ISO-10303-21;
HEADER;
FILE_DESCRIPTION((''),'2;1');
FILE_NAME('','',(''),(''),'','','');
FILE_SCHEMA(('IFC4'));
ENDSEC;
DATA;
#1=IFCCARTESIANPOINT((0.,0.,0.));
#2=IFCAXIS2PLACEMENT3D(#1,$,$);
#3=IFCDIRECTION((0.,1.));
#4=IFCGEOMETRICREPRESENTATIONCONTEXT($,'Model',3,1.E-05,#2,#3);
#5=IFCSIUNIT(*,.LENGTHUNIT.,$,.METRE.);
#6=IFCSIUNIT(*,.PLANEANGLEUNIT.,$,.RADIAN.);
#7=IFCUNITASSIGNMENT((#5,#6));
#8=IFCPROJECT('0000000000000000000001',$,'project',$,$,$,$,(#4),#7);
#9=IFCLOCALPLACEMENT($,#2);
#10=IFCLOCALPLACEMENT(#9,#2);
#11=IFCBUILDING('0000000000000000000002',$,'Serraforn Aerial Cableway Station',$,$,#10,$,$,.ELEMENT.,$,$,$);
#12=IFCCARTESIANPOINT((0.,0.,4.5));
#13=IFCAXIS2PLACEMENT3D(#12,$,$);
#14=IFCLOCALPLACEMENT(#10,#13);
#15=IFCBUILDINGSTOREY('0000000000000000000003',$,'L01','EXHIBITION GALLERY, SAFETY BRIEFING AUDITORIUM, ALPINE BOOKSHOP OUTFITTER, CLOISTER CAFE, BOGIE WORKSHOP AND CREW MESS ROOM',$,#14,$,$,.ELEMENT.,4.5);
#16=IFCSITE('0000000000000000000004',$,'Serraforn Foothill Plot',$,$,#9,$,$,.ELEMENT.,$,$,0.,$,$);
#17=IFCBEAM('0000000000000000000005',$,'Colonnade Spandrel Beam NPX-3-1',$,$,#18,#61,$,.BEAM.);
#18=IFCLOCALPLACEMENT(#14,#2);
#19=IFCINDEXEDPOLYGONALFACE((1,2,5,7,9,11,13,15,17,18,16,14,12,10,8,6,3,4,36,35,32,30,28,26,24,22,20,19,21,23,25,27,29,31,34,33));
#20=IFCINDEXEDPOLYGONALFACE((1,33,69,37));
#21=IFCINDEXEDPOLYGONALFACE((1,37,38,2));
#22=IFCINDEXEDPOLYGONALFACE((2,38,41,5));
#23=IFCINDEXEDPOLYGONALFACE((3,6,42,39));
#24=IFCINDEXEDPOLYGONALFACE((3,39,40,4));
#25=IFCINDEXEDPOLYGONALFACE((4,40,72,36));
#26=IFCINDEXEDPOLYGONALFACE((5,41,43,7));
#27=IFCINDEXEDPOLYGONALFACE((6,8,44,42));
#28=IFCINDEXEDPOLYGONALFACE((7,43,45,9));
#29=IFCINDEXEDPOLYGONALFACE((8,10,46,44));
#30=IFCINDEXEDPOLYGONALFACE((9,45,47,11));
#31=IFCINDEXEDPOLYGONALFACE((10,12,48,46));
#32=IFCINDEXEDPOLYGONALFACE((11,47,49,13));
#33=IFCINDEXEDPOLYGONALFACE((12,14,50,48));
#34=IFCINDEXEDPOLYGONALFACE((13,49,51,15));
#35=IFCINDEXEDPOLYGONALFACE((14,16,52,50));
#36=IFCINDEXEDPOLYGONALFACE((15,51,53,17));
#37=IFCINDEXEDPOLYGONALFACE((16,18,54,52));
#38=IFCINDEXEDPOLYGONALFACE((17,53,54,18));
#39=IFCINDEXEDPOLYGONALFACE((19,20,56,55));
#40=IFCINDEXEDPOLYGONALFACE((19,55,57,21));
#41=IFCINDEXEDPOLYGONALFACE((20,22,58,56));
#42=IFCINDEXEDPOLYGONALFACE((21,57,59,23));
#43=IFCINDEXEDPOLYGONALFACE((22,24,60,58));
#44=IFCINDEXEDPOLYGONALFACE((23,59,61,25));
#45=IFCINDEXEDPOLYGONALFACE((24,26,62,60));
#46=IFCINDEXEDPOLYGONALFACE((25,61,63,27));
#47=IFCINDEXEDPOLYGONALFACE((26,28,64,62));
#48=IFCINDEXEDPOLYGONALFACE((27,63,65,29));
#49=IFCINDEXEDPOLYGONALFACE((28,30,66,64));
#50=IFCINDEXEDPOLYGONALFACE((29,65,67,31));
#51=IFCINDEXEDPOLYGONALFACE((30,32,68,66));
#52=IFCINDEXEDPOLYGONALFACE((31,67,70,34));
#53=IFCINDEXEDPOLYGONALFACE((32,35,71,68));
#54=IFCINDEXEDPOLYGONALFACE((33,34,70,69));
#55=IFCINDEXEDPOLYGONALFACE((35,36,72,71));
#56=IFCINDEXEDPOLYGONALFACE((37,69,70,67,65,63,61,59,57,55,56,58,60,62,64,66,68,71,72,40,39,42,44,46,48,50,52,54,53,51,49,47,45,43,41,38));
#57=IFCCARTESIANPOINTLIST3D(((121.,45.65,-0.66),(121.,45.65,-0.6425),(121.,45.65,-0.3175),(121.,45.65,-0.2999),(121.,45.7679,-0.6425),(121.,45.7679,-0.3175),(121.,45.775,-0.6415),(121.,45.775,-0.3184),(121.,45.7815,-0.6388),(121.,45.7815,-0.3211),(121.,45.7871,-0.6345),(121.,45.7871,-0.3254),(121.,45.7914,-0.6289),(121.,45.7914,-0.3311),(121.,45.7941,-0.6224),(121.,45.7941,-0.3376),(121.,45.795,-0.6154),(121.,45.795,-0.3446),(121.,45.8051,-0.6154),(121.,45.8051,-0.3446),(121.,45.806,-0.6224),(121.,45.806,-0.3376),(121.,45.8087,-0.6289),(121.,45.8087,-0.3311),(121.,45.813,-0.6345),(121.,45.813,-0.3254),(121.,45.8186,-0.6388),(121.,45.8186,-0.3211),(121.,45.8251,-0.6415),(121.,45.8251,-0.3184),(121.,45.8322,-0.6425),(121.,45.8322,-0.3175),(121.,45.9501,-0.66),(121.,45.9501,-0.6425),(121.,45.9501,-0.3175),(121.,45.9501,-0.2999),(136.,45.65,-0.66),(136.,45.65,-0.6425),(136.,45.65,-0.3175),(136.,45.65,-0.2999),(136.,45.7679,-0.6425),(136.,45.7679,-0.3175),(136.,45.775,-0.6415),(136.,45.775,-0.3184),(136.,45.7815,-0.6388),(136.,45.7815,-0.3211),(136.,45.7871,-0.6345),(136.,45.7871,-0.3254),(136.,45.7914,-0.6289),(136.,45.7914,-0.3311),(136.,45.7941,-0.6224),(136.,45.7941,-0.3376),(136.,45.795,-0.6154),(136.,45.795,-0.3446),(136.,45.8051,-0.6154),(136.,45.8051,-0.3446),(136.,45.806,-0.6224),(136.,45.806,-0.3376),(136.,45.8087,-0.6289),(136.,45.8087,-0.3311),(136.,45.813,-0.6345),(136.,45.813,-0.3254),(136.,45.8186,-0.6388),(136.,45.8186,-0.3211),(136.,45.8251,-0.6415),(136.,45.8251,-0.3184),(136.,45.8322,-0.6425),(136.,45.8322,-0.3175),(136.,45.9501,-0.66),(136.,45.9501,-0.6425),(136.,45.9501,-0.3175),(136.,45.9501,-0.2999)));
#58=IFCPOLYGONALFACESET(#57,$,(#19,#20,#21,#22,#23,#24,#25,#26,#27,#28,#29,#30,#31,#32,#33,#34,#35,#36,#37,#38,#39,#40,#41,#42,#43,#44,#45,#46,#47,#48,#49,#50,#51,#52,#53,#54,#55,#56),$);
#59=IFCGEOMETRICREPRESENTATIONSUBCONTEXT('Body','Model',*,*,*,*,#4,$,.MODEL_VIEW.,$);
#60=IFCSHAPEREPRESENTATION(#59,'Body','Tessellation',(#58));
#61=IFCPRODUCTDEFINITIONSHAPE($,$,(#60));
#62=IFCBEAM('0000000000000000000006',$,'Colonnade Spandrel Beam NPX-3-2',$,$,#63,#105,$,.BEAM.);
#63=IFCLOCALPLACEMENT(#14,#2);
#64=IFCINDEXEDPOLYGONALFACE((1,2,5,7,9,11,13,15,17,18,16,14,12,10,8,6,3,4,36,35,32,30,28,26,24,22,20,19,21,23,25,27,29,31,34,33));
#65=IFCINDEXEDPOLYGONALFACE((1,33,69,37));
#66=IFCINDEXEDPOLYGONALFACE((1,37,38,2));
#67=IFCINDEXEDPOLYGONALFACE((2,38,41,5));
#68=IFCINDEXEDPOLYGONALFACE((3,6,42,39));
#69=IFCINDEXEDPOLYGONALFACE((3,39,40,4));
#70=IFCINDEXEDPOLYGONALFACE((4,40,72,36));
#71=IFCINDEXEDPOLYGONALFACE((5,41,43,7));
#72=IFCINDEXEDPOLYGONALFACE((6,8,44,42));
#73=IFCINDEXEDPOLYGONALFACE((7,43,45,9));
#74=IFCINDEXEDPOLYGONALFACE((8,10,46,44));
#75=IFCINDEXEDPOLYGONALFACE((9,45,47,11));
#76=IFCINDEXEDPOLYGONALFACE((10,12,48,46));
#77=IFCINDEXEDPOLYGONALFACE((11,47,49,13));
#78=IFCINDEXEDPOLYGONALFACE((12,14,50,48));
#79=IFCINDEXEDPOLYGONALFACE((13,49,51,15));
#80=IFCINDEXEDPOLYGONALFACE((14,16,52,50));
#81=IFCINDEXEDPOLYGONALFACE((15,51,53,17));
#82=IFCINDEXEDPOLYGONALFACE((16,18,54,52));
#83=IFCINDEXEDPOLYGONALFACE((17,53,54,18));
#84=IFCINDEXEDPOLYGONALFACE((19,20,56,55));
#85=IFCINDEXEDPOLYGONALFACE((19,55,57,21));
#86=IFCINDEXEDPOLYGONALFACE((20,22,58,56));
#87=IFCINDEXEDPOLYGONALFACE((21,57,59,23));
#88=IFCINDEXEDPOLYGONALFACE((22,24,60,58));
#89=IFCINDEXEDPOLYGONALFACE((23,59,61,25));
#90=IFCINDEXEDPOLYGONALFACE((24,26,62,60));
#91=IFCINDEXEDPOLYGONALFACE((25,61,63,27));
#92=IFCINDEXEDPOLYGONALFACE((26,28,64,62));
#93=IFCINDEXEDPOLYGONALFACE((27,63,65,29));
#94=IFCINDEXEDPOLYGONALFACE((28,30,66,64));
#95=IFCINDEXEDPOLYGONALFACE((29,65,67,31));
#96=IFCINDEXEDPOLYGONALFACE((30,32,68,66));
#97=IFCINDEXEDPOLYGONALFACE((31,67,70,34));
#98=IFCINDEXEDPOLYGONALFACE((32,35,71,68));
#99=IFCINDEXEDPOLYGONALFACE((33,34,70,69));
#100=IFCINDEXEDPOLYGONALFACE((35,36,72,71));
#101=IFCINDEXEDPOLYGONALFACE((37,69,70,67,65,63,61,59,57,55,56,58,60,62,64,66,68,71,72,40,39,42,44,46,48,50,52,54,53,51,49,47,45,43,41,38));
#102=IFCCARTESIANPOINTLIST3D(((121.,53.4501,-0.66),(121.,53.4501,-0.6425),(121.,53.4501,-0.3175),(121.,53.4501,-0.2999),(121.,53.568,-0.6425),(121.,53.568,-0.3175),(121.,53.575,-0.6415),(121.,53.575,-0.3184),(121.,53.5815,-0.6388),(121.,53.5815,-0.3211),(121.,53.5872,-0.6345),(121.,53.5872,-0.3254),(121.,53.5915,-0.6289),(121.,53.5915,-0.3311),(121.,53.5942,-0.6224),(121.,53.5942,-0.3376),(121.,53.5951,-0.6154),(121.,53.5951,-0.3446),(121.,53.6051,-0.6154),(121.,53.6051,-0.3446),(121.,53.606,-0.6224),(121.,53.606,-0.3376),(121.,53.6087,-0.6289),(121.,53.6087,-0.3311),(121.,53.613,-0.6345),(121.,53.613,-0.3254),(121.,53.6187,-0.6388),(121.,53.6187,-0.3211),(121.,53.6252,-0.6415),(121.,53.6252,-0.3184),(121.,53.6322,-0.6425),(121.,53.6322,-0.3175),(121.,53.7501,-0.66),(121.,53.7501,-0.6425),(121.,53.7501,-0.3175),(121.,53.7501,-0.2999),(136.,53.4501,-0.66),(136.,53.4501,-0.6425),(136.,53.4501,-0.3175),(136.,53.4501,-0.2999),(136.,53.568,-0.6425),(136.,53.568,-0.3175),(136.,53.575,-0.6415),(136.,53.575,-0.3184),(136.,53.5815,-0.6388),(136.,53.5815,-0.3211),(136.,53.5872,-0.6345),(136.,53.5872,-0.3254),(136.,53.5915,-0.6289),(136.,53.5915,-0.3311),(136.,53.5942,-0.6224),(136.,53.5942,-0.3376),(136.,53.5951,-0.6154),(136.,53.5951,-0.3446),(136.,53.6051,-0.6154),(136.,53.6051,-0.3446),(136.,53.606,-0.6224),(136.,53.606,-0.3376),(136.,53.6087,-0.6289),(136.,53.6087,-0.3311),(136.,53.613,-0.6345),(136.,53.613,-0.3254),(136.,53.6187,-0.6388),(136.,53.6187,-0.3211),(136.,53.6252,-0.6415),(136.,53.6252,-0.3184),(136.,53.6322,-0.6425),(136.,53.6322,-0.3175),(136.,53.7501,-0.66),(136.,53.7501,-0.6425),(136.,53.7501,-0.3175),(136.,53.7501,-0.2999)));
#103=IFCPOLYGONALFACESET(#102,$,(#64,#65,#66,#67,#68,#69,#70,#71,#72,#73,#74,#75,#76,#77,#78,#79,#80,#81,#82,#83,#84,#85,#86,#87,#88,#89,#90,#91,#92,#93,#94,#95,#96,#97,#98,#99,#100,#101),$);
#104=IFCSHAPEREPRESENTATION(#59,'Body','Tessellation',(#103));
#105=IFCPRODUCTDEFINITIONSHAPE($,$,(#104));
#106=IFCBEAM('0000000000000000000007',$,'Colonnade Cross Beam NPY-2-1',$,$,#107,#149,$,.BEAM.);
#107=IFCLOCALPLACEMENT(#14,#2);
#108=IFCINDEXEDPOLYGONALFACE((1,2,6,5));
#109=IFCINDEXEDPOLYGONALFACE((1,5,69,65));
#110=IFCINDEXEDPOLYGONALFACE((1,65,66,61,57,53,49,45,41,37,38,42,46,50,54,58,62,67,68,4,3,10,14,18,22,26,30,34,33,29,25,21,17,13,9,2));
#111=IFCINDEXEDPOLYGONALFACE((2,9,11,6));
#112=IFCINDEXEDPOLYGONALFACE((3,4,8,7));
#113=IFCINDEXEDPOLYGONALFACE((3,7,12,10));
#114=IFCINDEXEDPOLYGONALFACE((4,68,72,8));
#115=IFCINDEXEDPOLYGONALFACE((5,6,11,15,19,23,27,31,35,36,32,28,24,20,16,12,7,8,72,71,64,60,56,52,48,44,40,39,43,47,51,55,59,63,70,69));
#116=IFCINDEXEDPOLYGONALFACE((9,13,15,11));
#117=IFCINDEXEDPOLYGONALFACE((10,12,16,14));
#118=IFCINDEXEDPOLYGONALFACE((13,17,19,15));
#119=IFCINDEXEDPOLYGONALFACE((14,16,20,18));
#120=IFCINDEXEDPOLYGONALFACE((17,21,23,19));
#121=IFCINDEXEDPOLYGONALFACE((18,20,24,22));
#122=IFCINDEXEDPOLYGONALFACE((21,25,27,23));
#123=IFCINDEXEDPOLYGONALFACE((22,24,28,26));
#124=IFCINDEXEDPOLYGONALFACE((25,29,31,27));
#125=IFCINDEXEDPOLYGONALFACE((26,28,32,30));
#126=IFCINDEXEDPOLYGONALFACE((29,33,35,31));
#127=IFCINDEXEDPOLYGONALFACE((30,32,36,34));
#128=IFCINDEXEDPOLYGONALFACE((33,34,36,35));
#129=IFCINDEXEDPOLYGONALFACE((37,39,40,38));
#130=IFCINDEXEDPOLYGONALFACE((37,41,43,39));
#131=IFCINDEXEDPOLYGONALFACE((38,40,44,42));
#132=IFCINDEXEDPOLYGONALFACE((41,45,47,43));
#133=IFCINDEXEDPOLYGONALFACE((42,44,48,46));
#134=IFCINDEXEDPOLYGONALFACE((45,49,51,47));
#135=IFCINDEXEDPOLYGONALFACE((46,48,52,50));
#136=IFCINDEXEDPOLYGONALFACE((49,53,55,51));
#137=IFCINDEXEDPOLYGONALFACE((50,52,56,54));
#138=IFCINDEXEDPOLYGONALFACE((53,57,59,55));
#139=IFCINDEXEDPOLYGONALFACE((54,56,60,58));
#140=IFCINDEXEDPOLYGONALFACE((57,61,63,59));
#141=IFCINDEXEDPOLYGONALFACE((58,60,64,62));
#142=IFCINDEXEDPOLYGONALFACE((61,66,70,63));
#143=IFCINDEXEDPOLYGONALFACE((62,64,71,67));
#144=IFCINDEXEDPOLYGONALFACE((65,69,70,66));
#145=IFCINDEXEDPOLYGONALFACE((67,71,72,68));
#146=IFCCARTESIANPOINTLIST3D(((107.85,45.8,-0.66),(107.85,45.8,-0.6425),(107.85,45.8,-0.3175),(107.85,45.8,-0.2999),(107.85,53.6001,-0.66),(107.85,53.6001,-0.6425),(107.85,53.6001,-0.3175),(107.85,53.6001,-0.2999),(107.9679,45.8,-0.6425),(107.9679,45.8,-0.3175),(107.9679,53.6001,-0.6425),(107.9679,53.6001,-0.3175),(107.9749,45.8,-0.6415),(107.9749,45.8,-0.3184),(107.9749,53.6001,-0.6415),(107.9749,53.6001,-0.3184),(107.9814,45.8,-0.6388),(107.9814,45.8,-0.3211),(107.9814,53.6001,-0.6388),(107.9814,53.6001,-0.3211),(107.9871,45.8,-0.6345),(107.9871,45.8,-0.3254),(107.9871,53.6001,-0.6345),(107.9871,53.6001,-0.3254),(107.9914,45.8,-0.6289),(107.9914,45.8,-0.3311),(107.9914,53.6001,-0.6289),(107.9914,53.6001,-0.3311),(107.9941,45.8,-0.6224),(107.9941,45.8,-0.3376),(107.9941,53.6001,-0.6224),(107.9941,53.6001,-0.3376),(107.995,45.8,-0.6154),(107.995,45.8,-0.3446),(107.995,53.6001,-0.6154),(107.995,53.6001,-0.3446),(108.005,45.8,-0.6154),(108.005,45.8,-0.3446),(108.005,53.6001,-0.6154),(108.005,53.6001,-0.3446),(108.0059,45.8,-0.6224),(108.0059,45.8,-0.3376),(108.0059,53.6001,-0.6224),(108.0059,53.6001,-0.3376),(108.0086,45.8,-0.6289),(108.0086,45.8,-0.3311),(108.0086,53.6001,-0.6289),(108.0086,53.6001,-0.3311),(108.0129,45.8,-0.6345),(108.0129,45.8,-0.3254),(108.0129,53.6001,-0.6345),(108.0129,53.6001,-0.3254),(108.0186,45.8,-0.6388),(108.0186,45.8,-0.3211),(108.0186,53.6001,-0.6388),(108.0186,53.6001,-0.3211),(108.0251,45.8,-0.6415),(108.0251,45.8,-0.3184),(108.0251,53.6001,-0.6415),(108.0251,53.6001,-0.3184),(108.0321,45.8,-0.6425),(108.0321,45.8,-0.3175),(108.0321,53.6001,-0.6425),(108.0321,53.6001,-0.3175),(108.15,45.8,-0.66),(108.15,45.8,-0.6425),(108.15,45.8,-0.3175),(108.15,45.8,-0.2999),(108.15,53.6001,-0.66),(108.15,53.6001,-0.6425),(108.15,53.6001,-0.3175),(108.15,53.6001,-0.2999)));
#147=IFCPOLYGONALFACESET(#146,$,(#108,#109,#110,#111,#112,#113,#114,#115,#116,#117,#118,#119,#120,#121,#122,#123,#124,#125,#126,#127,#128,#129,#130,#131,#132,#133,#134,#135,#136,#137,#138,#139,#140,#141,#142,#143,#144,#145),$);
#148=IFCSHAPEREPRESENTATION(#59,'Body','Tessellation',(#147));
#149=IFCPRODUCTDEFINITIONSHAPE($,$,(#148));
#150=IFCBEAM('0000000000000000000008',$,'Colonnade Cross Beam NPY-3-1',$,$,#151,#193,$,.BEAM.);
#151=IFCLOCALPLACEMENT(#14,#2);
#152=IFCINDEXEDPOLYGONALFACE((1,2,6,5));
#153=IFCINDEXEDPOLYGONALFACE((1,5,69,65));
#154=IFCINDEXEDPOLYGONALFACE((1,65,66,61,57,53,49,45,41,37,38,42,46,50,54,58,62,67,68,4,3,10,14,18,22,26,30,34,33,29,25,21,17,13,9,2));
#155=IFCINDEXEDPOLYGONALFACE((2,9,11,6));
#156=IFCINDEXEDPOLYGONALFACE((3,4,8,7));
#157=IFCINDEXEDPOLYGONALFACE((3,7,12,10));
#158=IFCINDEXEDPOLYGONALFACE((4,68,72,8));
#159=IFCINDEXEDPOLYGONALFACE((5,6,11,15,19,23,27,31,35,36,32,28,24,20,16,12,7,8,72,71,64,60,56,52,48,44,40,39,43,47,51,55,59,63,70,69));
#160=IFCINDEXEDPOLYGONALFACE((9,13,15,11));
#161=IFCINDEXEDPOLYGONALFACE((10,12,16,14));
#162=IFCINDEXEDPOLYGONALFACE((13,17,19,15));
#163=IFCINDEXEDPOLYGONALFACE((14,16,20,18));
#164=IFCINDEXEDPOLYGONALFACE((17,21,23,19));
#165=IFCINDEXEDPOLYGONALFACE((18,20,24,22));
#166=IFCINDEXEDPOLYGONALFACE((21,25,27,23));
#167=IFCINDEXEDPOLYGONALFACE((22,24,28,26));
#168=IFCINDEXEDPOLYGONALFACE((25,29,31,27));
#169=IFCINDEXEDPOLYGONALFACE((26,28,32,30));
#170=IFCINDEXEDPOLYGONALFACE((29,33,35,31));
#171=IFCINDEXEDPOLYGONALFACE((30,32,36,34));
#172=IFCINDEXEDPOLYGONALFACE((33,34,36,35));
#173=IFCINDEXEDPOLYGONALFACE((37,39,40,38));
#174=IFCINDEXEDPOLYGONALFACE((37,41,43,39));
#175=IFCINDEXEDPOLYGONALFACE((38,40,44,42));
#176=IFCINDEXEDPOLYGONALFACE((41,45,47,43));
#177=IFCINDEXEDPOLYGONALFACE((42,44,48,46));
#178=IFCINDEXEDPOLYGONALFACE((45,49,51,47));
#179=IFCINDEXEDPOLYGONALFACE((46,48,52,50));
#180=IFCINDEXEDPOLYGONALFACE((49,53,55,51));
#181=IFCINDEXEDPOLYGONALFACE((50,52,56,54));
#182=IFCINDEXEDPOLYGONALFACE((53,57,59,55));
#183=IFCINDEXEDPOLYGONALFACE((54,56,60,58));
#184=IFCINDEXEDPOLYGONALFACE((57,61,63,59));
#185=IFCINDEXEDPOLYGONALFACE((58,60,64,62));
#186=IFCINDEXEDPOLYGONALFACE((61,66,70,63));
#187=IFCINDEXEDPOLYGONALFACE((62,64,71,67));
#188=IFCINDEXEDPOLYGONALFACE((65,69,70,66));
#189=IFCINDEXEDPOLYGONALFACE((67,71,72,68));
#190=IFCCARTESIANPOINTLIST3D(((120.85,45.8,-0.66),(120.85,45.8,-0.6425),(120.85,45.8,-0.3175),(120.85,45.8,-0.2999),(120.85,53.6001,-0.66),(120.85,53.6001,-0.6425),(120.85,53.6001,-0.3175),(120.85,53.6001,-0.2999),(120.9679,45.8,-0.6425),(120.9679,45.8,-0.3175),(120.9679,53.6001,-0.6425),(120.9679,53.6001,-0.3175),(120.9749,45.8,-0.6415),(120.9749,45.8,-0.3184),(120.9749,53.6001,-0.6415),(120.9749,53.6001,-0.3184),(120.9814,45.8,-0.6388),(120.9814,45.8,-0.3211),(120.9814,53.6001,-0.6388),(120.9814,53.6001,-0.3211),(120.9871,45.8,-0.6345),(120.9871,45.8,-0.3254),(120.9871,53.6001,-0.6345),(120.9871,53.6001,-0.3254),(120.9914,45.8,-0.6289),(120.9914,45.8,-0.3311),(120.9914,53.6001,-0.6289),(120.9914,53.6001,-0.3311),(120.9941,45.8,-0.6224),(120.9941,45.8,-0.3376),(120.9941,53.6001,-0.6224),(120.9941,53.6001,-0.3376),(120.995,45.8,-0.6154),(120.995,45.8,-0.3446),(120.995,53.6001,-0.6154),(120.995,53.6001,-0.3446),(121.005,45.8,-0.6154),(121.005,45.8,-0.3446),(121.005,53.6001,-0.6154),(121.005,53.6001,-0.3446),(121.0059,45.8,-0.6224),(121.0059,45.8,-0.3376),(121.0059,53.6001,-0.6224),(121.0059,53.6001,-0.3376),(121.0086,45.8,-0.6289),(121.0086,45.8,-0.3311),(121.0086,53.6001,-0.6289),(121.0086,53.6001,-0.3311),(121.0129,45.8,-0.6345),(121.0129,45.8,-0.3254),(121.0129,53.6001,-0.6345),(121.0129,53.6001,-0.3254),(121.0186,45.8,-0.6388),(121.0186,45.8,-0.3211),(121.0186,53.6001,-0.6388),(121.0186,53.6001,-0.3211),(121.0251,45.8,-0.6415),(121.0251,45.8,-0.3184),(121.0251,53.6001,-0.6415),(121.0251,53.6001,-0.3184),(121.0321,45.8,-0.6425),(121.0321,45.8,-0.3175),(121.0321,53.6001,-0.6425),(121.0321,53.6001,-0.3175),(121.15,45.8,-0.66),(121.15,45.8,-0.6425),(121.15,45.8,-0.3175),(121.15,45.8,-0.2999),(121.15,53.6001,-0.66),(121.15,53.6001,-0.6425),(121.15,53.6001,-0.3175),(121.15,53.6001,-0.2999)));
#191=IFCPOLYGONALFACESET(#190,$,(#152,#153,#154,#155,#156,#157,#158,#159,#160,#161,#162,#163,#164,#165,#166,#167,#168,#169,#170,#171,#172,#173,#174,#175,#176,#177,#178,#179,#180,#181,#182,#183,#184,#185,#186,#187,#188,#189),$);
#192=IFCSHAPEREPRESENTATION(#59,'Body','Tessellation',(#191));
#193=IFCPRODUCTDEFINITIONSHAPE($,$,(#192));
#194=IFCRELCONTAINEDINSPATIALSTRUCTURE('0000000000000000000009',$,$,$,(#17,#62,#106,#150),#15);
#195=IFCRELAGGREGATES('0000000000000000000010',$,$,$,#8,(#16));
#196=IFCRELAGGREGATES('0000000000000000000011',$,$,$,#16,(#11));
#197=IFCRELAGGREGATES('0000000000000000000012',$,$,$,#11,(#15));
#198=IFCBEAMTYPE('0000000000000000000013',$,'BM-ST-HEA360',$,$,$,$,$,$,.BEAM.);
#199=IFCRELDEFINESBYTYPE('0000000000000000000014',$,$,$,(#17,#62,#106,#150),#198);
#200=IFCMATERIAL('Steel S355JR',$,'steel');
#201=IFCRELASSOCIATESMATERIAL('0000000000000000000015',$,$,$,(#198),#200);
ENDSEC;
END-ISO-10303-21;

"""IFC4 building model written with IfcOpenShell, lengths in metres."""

from ifc_helpers import new_model, si_unit, direction, frame, origin, origin_2d, place, context, subcontext, project, spatial, i_section, extrude, material, material_profile, profile_set, type_object, element, save


model = new_model("IFC4")

# Units and contexts
model_context = context("Model", 3, precision=1e-05, world=origin(), true_north=direction((0.0, 1.0)))
body_context = subcontext(model_context, "Body", "Model", "MODEL_VIEW")
ifc_project = project(units=[si_unit("LENGTHUNIT", "METRE"), si_unit("PLANEANGLEUNIT", "RADIAN")], contexts=[model_context])

# Site, building, storey
site_placement = place(None, origin())
site = spatial("IfcSite", under=ifc_project, at=site_placement, Name="Serraforn Foothill Plot", CompositionType="ELEMENT", RefElevation=0.0)
building_placement = place(site_placement, origin())
building = spatial("IfcBuilding", under=site, at=building_placement, Name="Serraforn Aerial Cableway Station", CompositionType="ELEMENT")
storey_placement = place(building_placement, frame((0.0, 0.0, 4.5)))
storey = spatial("IfcBuildingStorey", under=building, at=storey_placement, Name="L01", Description="EXHIBITION GALLERY, SAFETY BRIEFING AUDITORIUM, ALPINE BOOKSHOP OUTFITTER, CLOISTER CAFE, BOGIE WORKSHOP AND CREW MESS ROOM", CompositionType="ELEMENT", Elevation=4.5)

# Beams
ifc_material_1 = material(Name="Steel S355JR", Category="steel")
ifc_material_profile_1 = material_profile(ifc_material_1, i_section(OverallWidth=0.3, OverallDepth=0.3601, WebThickness=0.01, FlangeThickness=0.0176, FilletRadius=0.0271, at=origin_2d()), Name="HEA 360")
ifc_profile_set_1 = profile_set([ifc_material_profile_1], Name="Steel S355JR")
beam_type = type_object("IfcBeamType", Name="BM-ST-HEA360", PredefinedType="BEAM", material=ifc_profile_set_1)
for number, where, z_axis, x_axis, name in (
    (1, (121.0, 45.8, -0.48), (1.0, 0.0, 0.0), (0.0, 1.0, 0.0), "Colonnade Spandrel Beam NPX-3-1"),
    (2, (121.0, 53.6001, -0.48), (1.0, 0.0, 0.0), (0.0, 1.0, 0.0), "Colonnade Spandrel Beam NPX-3-2"),
):
    element("IfcBeam", number, at=place(storey_placement, frame(where, z_axis=z_axis, x_axis=x_axis)), inside=storey, type_object=beam_type, Name=name, PredefinedType="BEAM", context=body_context, shape_type="SweptSolid", body=[
        extrude(i_section(OverallWidth=0.3, OverallDepth=0.3601, WebThickness=0.01, FlangeThickness=0.0176, FilletRadius=0.0271, at=origin_2d()), origin(), (0.0, 0.0, 1.0), 15.0),
    ])
for number, where, z_axis, x_axis, name in (
    (3, (108.0, 45.8, -0.48), (0.0, 1.0, 0.0), (-1.0, 0.0, 0.0), "Colonnade Cross Beam NPY-2-1"),
    (4, (121.0, 45.8, -0.48), (0.0, 1.0, 0.0), (-1.0, 0.0, 0.0), "Colonnade Cross Beam NPY-3-1"),
):
    element("IfcBeam", number, at=place(storey_placement, frame(where, z_axis=z_axis, x_axis=x_axis)), inside=storey, type_object=beam_type, Name=name, PredefinedType="BEAM", context=body_context, shape_type="SweptSolid", body=[
        extrude(i_section(OverallWidth=0.3, OverallDepth=0.3601, WebThickness=0.01, FlangeThickness=0.0176, FilletRadius=0.0271, at=origin_2d()), origin(), (0.0, 0.0, 1.0), 7.8),
    ])

save(model, "model.ifc")
